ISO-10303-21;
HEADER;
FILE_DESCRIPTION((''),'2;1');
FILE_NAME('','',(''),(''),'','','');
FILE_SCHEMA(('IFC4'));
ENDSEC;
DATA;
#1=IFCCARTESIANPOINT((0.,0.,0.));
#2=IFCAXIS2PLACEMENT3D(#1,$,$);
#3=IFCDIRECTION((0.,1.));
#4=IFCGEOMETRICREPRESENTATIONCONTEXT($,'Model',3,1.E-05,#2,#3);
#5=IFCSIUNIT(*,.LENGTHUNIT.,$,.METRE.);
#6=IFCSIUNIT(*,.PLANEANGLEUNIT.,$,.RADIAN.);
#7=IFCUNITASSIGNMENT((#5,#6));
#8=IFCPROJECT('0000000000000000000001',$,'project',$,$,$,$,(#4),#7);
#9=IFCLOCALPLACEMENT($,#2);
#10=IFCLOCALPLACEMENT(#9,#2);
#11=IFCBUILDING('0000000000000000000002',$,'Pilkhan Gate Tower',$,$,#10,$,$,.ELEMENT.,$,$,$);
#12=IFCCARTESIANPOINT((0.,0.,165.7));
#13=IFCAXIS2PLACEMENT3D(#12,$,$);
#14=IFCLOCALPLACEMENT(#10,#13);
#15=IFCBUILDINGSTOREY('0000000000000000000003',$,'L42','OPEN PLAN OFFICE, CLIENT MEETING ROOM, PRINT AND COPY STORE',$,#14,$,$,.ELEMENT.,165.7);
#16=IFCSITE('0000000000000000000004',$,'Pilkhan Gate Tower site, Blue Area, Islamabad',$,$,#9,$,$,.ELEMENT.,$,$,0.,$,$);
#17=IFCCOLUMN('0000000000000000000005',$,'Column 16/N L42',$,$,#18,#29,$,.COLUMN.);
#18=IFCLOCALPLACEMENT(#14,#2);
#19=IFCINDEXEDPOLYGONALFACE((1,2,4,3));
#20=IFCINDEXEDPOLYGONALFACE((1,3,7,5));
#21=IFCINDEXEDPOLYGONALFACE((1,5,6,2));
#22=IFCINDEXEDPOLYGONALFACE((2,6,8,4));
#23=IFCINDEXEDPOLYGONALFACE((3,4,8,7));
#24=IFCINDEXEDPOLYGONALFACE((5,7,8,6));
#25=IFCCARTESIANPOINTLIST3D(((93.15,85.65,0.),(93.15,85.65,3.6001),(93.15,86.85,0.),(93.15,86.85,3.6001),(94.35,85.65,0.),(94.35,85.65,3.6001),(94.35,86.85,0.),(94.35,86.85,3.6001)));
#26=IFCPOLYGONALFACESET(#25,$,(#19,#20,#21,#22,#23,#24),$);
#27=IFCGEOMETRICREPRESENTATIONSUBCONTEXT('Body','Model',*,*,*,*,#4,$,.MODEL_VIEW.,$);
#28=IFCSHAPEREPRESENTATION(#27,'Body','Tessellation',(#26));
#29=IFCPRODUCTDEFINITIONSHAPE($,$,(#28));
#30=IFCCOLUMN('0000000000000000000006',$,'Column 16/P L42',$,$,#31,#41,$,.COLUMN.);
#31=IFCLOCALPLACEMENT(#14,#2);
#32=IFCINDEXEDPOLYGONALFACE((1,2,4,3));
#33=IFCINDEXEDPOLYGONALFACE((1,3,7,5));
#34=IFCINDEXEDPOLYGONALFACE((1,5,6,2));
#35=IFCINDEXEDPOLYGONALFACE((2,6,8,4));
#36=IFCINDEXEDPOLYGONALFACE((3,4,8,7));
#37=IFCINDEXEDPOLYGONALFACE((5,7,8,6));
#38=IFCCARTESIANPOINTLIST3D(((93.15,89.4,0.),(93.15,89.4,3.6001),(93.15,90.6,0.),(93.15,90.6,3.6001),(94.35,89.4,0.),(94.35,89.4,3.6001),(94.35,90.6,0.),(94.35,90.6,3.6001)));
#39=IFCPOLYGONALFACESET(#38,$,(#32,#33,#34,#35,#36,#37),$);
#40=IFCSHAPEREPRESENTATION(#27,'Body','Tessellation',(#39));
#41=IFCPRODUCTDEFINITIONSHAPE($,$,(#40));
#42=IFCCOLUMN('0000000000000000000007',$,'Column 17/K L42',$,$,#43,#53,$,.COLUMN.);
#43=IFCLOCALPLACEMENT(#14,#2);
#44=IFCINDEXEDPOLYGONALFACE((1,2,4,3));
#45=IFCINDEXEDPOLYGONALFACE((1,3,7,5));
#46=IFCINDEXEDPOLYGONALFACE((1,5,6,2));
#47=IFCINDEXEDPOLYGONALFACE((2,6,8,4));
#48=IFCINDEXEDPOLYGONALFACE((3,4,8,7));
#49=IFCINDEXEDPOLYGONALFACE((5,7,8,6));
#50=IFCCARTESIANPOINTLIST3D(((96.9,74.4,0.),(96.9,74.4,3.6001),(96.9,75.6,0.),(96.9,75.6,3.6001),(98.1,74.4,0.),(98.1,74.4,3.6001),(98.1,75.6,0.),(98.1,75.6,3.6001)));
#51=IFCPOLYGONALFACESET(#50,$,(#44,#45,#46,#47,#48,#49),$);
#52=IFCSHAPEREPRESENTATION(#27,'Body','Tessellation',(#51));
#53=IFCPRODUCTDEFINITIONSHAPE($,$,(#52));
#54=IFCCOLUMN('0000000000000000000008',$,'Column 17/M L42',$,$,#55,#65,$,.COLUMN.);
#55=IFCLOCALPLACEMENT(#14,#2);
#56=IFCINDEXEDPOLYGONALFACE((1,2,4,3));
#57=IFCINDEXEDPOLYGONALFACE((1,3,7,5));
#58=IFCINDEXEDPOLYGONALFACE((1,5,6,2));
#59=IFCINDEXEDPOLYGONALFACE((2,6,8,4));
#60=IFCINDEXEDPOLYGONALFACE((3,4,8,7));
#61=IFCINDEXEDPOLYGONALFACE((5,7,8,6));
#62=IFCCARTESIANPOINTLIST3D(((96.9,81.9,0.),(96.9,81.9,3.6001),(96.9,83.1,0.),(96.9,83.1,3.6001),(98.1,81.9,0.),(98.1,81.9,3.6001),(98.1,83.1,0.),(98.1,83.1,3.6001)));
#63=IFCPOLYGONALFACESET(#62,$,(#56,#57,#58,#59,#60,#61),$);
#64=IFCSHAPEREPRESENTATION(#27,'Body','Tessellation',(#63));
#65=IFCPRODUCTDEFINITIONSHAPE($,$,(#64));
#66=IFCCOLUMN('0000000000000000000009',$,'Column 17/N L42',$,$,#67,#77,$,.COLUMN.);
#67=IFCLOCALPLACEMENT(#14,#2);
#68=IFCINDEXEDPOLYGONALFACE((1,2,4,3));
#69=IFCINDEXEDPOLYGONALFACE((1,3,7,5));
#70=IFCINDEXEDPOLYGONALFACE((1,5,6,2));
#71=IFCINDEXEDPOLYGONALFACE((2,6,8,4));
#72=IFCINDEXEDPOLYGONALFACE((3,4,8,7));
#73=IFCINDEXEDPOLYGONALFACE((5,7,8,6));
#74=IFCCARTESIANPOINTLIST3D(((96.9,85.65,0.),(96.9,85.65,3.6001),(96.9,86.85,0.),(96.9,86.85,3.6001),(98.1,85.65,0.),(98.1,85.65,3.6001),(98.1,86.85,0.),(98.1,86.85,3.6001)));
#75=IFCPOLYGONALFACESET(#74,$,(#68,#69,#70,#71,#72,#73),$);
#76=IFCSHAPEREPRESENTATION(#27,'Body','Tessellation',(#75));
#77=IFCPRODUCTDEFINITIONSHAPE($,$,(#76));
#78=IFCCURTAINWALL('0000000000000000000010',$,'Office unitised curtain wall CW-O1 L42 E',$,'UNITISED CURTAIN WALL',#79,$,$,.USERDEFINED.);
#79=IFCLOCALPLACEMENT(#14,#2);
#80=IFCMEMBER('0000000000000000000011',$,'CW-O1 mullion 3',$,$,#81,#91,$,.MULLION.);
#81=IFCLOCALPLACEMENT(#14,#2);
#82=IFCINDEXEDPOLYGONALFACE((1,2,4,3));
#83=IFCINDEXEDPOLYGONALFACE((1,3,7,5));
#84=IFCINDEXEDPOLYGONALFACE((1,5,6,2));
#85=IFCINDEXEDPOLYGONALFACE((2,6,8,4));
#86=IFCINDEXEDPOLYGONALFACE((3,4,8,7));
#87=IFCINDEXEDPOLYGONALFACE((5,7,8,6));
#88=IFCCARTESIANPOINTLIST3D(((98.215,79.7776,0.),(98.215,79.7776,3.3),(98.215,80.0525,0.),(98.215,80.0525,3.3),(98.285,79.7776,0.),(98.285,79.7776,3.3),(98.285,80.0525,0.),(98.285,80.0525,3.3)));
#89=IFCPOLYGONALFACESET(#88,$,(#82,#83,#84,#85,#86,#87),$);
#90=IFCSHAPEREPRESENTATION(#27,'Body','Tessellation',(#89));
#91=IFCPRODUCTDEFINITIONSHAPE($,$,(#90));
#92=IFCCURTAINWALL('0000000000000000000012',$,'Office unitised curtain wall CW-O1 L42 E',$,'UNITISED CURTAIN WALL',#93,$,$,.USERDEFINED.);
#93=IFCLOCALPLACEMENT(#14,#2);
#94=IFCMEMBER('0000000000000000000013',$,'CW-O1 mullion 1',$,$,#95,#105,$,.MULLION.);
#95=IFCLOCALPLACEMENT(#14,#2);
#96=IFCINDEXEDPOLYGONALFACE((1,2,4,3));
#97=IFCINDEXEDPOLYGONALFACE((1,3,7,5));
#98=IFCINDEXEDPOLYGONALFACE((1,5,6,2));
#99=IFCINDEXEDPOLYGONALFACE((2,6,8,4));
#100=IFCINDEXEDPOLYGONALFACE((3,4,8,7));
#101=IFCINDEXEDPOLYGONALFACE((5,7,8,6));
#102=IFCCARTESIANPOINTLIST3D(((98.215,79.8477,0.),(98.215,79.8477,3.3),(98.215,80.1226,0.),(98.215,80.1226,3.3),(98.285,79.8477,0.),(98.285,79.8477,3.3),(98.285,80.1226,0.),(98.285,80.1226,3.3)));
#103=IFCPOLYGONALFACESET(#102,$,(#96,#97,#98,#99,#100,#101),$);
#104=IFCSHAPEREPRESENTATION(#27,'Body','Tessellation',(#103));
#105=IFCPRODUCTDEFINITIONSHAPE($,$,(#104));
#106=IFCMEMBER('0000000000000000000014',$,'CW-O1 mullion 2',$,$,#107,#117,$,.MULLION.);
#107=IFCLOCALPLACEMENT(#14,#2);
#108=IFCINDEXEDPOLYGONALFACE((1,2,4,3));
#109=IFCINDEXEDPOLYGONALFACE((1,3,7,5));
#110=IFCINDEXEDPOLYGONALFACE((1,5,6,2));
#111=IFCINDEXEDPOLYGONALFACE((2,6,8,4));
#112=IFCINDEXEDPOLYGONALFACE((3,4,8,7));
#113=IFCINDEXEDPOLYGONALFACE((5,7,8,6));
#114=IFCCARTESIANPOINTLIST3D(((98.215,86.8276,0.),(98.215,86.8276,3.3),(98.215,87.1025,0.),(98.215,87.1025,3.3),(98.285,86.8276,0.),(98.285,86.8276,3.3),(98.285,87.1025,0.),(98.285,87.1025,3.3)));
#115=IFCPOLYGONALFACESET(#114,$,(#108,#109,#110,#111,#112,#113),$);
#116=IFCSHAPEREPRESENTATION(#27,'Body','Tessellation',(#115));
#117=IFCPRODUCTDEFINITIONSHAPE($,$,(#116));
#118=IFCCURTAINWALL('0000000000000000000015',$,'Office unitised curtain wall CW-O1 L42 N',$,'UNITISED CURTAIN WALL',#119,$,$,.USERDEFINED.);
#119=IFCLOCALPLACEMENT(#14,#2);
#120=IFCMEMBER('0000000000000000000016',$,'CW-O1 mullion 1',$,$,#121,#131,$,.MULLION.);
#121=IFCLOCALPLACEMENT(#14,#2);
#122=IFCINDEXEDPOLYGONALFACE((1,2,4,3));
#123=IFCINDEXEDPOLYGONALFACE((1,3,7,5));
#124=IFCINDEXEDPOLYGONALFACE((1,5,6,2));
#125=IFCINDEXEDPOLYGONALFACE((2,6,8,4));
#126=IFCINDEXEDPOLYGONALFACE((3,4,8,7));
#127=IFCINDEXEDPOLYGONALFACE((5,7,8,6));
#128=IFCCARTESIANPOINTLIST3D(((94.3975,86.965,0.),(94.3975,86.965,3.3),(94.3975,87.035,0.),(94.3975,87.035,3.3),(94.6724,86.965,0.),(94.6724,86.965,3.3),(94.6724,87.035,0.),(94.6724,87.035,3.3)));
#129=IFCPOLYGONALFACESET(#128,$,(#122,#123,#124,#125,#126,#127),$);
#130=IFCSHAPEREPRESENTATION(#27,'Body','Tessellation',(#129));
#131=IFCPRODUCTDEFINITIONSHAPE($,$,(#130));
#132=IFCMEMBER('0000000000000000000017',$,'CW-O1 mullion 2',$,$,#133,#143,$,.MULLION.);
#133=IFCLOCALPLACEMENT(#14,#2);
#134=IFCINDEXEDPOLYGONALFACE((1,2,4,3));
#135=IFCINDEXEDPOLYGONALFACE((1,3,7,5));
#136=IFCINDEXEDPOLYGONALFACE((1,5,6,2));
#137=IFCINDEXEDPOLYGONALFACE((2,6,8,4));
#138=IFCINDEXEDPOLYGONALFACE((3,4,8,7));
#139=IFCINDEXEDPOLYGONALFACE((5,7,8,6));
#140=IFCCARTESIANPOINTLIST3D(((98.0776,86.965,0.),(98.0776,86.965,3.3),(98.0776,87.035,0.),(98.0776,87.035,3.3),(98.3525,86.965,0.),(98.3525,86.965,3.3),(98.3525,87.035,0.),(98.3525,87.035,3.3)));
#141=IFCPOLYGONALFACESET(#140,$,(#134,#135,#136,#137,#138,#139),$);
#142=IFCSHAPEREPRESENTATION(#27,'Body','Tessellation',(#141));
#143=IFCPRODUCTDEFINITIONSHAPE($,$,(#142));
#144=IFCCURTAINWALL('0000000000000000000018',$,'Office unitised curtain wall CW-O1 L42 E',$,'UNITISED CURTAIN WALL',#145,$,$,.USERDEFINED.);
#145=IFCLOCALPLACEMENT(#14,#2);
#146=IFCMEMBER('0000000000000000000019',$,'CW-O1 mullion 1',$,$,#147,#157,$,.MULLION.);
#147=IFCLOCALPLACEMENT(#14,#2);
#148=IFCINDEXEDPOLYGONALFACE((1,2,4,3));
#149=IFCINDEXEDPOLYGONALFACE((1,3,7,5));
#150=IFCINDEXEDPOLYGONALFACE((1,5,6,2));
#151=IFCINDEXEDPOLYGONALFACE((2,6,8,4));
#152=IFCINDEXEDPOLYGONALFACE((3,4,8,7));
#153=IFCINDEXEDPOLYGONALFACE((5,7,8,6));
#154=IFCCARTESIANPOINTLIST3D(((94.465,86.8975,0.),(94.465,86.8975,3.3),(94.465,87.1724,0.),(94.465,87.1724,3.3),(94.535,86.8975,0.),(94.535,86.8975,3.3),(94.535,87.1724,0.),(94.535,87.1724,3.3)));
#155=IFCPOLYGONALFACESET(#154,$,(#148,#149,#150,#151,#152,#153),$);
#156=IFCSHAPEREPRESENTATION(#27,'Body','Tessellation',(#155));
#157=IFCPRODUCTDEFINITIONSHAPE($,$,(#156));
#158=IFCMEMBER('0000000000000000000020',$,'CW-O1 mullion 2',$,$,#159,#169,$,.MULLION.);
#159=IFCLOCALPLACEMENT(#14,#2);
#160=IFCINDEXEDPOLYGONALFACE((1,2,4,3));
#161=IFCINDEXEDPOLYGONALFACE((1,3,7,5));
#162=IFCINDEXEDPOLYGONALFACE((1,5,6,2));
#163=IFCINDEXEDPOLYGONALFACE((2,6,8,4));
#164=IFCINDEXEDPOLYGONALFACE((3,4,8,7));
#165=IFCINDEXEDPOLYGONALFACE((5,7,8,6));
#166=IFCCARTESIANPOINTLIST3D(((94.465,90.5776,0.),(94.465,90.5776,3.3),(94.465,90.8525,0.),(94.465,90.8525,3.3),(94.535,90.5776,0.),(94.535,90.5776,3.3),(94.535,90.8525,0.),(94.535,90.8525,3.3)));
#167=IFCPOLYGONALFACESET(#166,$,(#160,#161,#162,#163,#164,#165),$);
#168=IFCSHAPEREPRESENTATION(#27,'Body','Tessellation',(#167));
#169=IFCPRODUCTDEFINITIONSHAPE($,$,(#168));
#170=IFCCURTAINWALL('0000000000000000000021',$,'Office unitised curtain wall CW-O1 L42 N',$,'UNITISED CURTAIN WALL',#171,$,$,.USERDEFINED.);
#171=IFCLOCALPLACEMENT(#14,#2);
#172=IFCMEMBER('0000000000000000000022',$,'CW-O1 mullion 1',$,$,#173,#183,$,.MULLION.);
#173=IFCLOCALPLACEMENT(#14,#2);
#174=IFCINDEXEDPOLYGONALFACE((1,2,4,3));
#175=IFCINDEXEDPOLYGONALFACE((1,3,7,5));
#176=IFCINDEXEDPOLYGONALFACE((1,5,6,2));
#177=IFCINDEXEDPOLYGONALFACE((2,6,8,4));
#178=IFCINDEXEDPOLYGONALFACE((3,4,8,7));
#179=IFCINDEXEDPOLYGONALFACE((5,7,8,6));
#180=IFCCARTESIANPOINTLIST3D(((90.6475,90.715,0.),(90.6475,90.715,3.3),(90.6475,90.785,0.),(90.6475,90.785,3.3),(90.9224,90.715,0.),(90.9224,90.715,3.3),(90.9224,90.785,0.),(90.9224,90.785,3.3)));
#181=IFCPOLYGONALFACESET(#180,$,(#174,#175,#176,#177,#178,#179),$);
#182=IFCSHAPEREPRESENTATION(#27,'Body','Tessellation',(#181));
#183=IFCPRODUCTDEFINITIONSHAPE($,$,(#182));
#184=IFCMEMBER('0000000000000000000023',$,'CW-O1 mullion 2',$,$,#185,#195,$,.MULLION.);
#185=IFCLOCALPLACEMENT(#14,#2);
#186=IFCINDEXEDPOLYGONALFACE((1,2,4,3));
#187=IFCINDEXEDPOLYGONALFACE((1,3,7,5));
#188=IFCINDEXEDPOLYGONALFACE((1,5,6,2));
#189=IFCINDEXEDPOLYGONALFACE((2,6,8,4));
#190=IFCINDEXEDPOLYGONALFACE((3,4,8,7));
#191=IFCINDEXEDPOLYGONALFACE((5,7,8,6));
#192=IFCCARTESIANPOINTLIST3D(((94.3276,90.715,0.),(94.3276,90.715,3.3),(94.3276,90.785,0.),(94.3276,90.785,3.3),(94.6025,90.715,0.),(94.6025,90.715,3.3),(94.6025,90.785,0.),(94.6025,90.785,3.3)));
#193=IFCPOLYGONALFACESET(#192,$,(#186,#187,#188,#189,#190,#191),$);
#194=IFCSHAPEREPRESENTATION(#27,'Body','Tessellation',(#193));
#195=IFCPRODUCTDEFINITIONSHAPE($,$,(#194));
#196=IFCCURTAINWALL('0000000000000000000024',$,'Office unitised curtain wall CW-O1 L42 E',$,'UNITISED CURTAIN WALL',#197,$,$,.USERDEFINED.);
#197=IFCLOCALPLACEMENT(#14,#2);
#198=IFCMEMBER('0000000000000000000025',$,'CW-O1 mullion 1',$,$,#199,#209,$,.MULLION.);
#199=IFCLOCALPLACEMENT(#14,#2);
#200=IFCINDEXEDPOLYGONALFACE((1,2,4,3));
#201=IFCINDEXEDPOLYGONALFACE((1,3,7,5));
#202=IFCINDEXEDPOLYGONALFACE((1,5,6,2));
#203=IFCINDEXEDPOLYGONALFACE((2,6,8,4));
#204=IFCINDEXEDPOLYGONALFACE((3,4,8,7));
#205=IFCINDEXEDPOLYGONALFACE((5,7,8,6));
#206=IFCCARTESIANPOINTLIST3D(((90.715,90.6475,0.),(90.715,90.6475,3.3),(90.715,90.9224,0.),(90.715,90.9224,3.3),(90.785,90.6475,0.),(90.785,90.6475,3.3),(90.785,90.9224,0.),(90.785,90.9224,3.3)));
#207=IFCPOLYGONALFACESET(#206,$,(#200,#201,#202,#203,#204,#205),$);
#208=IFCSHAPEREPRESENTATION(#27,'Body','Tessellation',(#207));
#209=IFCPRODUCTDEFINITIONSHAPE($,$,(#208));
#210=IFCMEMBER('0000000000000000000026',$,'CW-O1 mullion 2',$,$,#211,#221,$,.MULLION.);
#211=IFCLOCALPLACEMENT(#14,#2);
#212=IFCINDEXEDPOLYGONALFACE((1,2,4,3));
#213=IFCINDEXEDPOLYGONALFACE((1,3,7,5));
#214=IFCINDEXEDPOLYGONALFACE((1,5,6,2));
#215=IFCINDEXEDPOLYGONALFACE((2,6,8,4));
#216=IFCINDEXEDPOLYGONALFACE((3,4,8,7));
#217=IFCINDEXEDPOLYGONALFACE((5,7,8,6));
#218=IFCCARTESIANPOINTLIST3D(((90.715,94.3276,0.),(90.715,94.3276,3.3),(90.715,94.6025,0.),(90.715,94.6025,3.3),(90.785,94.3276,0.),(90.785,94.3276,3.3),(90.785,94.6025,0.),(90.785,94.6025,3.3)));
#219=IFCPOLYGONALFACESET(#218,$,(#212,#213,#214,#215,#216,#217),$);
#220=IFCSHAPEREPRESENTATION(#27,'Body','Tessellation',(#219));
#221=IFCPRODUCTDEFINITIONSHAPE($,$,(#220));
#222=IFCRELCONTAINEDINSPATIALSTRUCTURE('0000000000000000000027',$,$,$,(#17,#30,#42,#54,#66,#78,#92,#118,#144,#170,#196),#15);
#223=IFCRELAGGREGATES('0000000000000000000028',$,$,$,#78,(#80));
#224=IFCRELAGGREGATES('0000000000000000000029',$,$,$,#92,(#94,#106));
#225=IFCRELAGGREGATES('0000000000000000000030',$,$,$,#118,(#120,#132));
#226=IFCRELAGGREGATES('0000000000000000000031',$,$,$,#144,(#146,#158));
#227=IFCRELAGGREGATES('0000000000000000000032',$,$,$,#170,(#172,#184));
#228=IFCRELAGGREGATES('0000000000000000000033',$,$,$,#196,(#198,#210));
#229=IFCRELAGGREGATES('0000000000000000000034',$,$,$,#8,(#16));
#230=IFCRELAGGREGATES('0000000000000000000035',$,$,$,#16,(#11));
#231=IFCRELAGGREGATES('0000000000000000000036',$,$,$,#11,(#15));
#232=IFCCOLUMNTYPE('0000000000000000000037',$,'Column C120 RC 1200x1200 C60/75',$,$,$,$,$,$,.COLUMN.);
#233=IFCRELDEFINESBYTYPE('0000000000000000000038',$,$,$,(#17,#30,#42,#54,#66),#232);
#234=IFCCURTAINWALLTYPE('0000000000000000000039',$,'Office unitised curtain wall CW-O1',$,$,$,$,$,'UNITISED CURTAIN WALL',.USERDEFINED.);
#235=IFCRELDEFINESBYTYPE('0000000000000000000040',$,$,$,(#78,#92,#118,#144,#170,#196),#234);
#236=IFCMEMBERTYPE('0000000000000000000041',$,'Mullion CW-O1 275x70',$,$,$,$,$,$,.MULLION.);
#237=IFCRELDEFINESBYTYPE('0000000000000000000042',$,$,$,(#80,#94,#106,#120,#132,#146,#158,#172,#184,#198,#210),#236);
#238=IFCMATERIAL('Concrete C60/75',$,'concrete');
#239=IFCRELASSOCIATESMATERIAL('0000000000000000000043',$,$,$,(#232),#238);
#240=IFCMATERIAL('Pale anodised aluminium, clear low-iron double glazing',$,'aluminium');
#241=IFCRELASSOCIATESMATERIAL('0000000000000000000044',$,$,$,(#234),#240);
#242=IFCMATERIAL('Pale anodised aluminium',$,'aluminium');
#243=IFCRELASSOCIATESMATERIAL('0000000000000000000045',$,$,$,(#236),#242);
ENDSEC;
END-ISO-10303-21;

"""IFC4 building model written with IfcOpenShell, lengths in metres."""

from ifc_helpers import new_model, si_unit, direction, frame, origin, origin_2d, place, context, subcontext, project, spatial, rectangle, extrude, material, material_profile, profile_set, type_object, element, aggregate, save


model = new_model("IFC4")

# Units and contexts
model_context = context("Model", 3, precision=1e-05, world=origin(), true_north=direction((0.0, 1.0)))
body_context = subcontext(model_context, "Body", "Model", "MODEL_VIEW")
ifc_project = project(units=[si_unit("LENGTHUNIT", "METRE"), si_unit("PLANEANGLEUNIT", "RADIAN")], contexts=[model_context])

# Site, building, storey
site_placement = place(None, origin())
site = spatial("IfcSite", under=ifc_project, at=site_placement, Name="Pilkhan Gate Tower site, Blue Area, Islamabad", CompositionType="ELEMENT", RefElevation=0.0)
building_placement = place(site_placement, origin())
building = spatial("IfcBuilding", under=site, at=building_placement, Name="Pilkhan Gate Tower", CompositionType="ELEMENT")
storey_placement = place(building_placement, frame((0.0, 0.0, 165.7)))
storey = spatial("IfcBuildingStorey", under=building, at=storey_placement, Name="L42", Description="OPEN PLAN OFFICE, CLIENT MEETING ROOM, PRINT AND COPY STORE", CompositionType="ELEMENT", Elevation=165.7)

# Columns
ifc_material_1 = material(Name="Concrete C60/75", Category="concrete")
ifc_material_profile_1 = material_profile(ifc_material_1, rectangle(XDim=1.2, YDim=1.2, at=origin_2d()), Name="RC 1200x1200")
ifc_profile_set_1 = profile_set([ifc_material_profile_1], Name="Concrete C60/75")
column_type = type_object("IfcColumnType", Name="Column C120 RC 1200x1200 C60/75", PredefinedType="COLUMN", material=ifc_profile_set_1)
for number, where, z_axis, x_axis, name in (
    (1, (93.75, 86.25, 0.0), (0.0, 0.0, 1.0), (1.0, 0.0, 0.0), "Column 16/N L42"),
    (2, (93.75, 90.0, 0.0), (0.0, 0.0, 1.0), (1.0, 0.0, 0.0), "Column 16/P L42"),
    (3, (97.5, 75.0, 0.0), (0.0, 0.0, 1.0), (1.0, 0.0, 0.0), "Column 17/K L42"),
    (4, (97.5, 82.5, 0.0), (0.0, 0.0, 1.0), (1.0, 0.0, 0.0), "Column 17/M L42"),
    (5, (97.5, 86.25, 0.0), (0.0, 0.0, 1.0), (1.0, 0.0, 0.0), "Column 17/N L42"),
):
    element("IfcColumn", number, at=place(storey_placement, frame(where, z_axis=z_axis, x_axis=x_axis)), inside=storey, type_object=column_type, Name=name, PredefinedType="COLUMN", context=body_context, shape_type="SweptSolid", body=[
        extrude(rectangle(XDim=1.2, YDim=1.2, at=origin_2d()), origin(), (0.0, 0.0, 1.0), 3.6001),
    ])

# Curtain wall, member
ifc_material_2 = material(Name="Pale anodised aluminium, clear low-iron double glazing", Category="aluminium")
curtain_wall_type = type_object("IfcCurtainWallType", Name="Office unitised curtain wall CW-O1", ElementType="UNITISED CURTAIN WALL", PredefinedType="USERDEFINED", material=ifc_material_2)
curtain_wall_1_placement = place(storey_placement, origin())
curtain_wall_1 = element("IfcCurtainWall", 6, at=curtain_wall_1_placement, inside=storey, type_object=curtain_wall_type, Name="Office unitised curtain wall CW-O1 L42 E", ObjectType="UNITISED CURTAIN WALL", PredefinedType="USERDEFINED")
ifc_material_3 = material(Name="Pale anodised aluminium", Category="aluminium")
ifc_material_profile_2 = material_profile(ifc_material_3, rectangle(XDim=0.0701, YDim=0.2749, at=origin_2d()), Name="Mullion 275x70")
ifc_profile_set_2 = profile_set([ifc_material_profile_2], Name="Pale anodised aluminium")
member_type_1 = type_object("IfcMemberType", Name="Mullion CW-O1 275x70", PredefinedType="MULLION", material=ifc_profile_set_2)
member_1_placement = place(storey_placement, frame((98.25, 79.915, 0.0), z_axis=(0.0, 0.0, 1.0), x_axis=(-1.0, 0.0, 0.0)))
member_1 = element("IfcMember", 7, at=member_1_placement, type_object=member_type_1, Name="CW-O1 mullion 3", PredefinedType="MULLION", context=body_context, shape_type="SweptSolid", body=[
    extrude(rectangle(XDim=0.0701, YDim=0.2749, at=origin_2d()), origin(), (0.0, 0.0, 1.0), 3.3),
])

# Curtain walls, members
curtain_wall_2_placement = place(storey_placement, origin())
curtain_wall_2 = element("IfcCurtainWall", 8, at=curtain_wall_2_placement, inside=storey, type_object=curtain_wall_type, Name="Office unitised curtain wall CW-O1 L42 E", ObjectType="UNITISED CURTAIN WALL", PredefinedType="USERDEFINED")
member_2_placement = place(storey_placement, frame((98.25, 79.9851, 0.0), z_axis=(0.0, 0.0, 1.0), x_axis=(-1.0, 0.0, 0.0)))
member_2 = element("IfcMember", 9, at=member_2_placement, type_object=member_type_1, Name="CW-O1 mullion 1", PredefinedType="MULLION", context=body_context, shape_type="SweptSolid", body=[
    extrude(rectangle(XDim=0.0701, YDim=0.2749, at=origin_2d()), origin(), (0.0, 0.0, 1.0), 3.3),
])
member_3_placement = place(storey_placement, frame((98.25, 86.9651, 0.0), z_axis=(0.0, 0.0, 1.0), x_axis=(-1.0, 0.0, 0.0)))
member_3 = element("IfcMember", 10, at=member_3_placement, type_object=member_type_1, Name="CW-O1 mullion 2", PredefinedType="MULLION", context=body_context, shape_type="SweptSolid", body=[
    extrude(rectangle(XDim=0.0701, YDim=0.2749, at=origin_2d()), origin(), (0.0, 0.0, 1.0), 3.3),
])
curtain_wall_3_placement = place(storey_placement, origin())
curtain_wall_3 = element("IfcCurtainWall", 11, at=curtain_wall_3_placement, inside=storey, type_object=curtain_wall_type, Name="Office unitised curtain wall CW-O1 L42 N", ObjectType="UNITISED CURTAIN WALL", PredefinedType="USERDEFINED")
member_4_placement = place(storey_placement, frame((94.5349, 87.0, 0.0), z_axis=(0.0, 0.0, 1.0), x_axis=(0.0, 1.0, 0.0)))
member_4 = element("IfcMember", 12, at=member_4_placement, type_object=member_type_1, Name="CW-O1 mullion 1", PredefinedType="MULLION", context=body_context, shape_type="SweptSolid", body=[
    extrude(rectangle(XDim=0.0701, YDim=0.2749, at=origin_2d()), origin(), (0.0, 0.0, 1.0), 3.3),
])
member_5_placement = place(storey_placement, frame((98.2151, 87.0, 0.0), z_axis=(0.0, 0.0, 1.0), x_axis=(0.0, 1.0, 0.0)))
member_5 = element("IfcMember", 13, at=member_5_placement, type_object=member_type_1, Name="CW-O1 mullion 2", PredefinedType="MULLION", context=body_context, shape_type="SweptSolid", body=[
    extrude(rectangle(XDim=0.0701, YDim=0.2749, at=origin_2d()), origin(), (0.0, 0.0, 1.0), 3.3),
])
curtain_wall_4_placement = place(storey_placement, origin())
curtain_wall_4 = element("IfcCurtainWall", 14, at=curtain_wall_4_placement, inside=storey, type_object=curtain_wall_type, Name="Office unitised curtain wall CW-O1 L42 E", ObjectType="UNITISED CURTAIN WALL", PredefinedType="USERDEFINED")
member_6_placement = place(storey_placement, frame((94.5, 87.0349, 0.0), z_axis=(0.0, 0.0, 1.0), x_axis=(-1.0, 0.0, 0.0)))
member_6 = element("IfcMember", 15, at=member_6_placement, type_object=member_type_1, Name="CW-O1 mullion 1", PredefinedType="MULLION", context=body_context, shape_type="SweptSolid", body=[
    extrude(rectangle(XDim=0.0701, YDim=0.2749, at=origin_2d()), origin(), (0.0, 0.0, 1.0), 3.3),
])
member_7_placement = place(storey_placement, frame((94.5, 90.7151, 0.0), z_axis=(0.0, 0.0, 1.0), x_axis=(-1.0, 0.0, 0.0)))
member_7 = element("IfcMember", 16, at=member_7_placement, type_object=member_type_1, Name="CW-O1 mullion 2", PredefinedType="MULLION", context=body_context, shape_type="SweptSolid", body=[
    extrude(rectangle(XDim=0.0701, YDim=0.2749, at=origin_2d()), origin(), (0.0, 0.0, 1.0), 3.3),
])
curtain_wall_5_placement = place(storey_placement, origin())
curtain_wall_5 = element("IfcCurtainWall", 17, at=curtain_wall_5_placement, inside=storey, type_object=curtain_wall_type, Name="Office unitised curtain wall CW-O1 L42 N", ObjectType="UNITISED CURTAIN WALL", PredefinedType="USERDEFINED")
member_8_placement = place(storey_placement, frame((90.7849, 90.75, 0.0), z_axis=(0.0, 0.0, 1.0), x_axis=(0.0, 1.0, 0.0)))
member_8 = element("IfcMember", 18, at=member_8_placement, type_object=member_type_1, Name="CW-O1 mullion 1", PredefinedType="MULLION", context=body_context, shape_type="SweptSolid", body=[
    extrude(rectangle(XDim=0.0701, YDim=0.2749, at=origin_2d()), origin(), (0.0, 0.0, 1.0), 3.3),
])
member_9_placement = place(storey_placement, frame((94.4651, 90.75, 0.0), z_axis=(0.0, 0.0, 1.0), x_axis=(0.0, 1.0, 0.0)))
member_9 = element("IfcMember", 19, at=member_9_placement, type_object=member_type_1, Name="CW-O1 mullion 2", PredefinedType="MULLION", context=body_context, shape_type="SweptSolid", body=[
    extrude(rectangle(XDim=0.0701, YDim=0.2749, at=origin_2d()), origin(), (0.0, 0.0, 1.0), 3.3),
])
curtain_wall_6_placement = place(storey_placement, origin())
curtain_wall_6 = element("IfcCurtainWall", 20, at=curtain_wall_6_placement, inside=storey, type_object=curtain_wall_type, Name="Office unitised curtain wall CW-O1 L42 E", ObjectType="UNITISED CURTAIN WALL", PredefinedType="USERDEFINED")
member_10_placement = place(storey_placement, frame((90.75, 90.7849, 0.0), z_axis=(0.0, 0.0, 1.0), x_axis=(-1.0, 0.0, 0.0)))
member_10 = element("IfcMember", 21, at=member_10_placement, type_object=member_type_1, Name="CW-O1 mullion 1", PredefinedType="MULLION", context=body_context, shape_type="SweptSolid", body=[
    extrude(rectangle(XDim=0.0701, YDim=0.2749, at=origin_2d()), origin(), (0.0, 0.0, 1.0), 3.3),
])
member_11_placement = place(storey_placement, frame((90.75, 94.4651, 0.0), z_axis=(0.0, 0.0, 1.0), x_axis=(-1.0, 0.0, 0.0)))
member_11 = element("IfcMember", 22, at=member_11_placement, type_object=member_type_1, Name="CW-O1 mullion 2", PredefinedType="MULLION", context=body_context, shape_type="SweptSolid", body=[
    extrude(rectangle(XDim=0.0701, YDim=0.2749, at=origin_2d()), origin(), (0.0, 0.0, 1.0), 3.3),
])

aggregate(curtain_wall_1, [member_1])
aggregate(curtain_wall_2, [member_2, member_3])
aggregate(curtain_wall_3, [member_4, member_5])
aggregate(curtain_wall_4, [member_6, member_7])
aggregate(curtain_wall_5, [member_8, member_9])
aggregate(curtain_wall_6, [member_10, member_11])

save(model, "model.ifc")
